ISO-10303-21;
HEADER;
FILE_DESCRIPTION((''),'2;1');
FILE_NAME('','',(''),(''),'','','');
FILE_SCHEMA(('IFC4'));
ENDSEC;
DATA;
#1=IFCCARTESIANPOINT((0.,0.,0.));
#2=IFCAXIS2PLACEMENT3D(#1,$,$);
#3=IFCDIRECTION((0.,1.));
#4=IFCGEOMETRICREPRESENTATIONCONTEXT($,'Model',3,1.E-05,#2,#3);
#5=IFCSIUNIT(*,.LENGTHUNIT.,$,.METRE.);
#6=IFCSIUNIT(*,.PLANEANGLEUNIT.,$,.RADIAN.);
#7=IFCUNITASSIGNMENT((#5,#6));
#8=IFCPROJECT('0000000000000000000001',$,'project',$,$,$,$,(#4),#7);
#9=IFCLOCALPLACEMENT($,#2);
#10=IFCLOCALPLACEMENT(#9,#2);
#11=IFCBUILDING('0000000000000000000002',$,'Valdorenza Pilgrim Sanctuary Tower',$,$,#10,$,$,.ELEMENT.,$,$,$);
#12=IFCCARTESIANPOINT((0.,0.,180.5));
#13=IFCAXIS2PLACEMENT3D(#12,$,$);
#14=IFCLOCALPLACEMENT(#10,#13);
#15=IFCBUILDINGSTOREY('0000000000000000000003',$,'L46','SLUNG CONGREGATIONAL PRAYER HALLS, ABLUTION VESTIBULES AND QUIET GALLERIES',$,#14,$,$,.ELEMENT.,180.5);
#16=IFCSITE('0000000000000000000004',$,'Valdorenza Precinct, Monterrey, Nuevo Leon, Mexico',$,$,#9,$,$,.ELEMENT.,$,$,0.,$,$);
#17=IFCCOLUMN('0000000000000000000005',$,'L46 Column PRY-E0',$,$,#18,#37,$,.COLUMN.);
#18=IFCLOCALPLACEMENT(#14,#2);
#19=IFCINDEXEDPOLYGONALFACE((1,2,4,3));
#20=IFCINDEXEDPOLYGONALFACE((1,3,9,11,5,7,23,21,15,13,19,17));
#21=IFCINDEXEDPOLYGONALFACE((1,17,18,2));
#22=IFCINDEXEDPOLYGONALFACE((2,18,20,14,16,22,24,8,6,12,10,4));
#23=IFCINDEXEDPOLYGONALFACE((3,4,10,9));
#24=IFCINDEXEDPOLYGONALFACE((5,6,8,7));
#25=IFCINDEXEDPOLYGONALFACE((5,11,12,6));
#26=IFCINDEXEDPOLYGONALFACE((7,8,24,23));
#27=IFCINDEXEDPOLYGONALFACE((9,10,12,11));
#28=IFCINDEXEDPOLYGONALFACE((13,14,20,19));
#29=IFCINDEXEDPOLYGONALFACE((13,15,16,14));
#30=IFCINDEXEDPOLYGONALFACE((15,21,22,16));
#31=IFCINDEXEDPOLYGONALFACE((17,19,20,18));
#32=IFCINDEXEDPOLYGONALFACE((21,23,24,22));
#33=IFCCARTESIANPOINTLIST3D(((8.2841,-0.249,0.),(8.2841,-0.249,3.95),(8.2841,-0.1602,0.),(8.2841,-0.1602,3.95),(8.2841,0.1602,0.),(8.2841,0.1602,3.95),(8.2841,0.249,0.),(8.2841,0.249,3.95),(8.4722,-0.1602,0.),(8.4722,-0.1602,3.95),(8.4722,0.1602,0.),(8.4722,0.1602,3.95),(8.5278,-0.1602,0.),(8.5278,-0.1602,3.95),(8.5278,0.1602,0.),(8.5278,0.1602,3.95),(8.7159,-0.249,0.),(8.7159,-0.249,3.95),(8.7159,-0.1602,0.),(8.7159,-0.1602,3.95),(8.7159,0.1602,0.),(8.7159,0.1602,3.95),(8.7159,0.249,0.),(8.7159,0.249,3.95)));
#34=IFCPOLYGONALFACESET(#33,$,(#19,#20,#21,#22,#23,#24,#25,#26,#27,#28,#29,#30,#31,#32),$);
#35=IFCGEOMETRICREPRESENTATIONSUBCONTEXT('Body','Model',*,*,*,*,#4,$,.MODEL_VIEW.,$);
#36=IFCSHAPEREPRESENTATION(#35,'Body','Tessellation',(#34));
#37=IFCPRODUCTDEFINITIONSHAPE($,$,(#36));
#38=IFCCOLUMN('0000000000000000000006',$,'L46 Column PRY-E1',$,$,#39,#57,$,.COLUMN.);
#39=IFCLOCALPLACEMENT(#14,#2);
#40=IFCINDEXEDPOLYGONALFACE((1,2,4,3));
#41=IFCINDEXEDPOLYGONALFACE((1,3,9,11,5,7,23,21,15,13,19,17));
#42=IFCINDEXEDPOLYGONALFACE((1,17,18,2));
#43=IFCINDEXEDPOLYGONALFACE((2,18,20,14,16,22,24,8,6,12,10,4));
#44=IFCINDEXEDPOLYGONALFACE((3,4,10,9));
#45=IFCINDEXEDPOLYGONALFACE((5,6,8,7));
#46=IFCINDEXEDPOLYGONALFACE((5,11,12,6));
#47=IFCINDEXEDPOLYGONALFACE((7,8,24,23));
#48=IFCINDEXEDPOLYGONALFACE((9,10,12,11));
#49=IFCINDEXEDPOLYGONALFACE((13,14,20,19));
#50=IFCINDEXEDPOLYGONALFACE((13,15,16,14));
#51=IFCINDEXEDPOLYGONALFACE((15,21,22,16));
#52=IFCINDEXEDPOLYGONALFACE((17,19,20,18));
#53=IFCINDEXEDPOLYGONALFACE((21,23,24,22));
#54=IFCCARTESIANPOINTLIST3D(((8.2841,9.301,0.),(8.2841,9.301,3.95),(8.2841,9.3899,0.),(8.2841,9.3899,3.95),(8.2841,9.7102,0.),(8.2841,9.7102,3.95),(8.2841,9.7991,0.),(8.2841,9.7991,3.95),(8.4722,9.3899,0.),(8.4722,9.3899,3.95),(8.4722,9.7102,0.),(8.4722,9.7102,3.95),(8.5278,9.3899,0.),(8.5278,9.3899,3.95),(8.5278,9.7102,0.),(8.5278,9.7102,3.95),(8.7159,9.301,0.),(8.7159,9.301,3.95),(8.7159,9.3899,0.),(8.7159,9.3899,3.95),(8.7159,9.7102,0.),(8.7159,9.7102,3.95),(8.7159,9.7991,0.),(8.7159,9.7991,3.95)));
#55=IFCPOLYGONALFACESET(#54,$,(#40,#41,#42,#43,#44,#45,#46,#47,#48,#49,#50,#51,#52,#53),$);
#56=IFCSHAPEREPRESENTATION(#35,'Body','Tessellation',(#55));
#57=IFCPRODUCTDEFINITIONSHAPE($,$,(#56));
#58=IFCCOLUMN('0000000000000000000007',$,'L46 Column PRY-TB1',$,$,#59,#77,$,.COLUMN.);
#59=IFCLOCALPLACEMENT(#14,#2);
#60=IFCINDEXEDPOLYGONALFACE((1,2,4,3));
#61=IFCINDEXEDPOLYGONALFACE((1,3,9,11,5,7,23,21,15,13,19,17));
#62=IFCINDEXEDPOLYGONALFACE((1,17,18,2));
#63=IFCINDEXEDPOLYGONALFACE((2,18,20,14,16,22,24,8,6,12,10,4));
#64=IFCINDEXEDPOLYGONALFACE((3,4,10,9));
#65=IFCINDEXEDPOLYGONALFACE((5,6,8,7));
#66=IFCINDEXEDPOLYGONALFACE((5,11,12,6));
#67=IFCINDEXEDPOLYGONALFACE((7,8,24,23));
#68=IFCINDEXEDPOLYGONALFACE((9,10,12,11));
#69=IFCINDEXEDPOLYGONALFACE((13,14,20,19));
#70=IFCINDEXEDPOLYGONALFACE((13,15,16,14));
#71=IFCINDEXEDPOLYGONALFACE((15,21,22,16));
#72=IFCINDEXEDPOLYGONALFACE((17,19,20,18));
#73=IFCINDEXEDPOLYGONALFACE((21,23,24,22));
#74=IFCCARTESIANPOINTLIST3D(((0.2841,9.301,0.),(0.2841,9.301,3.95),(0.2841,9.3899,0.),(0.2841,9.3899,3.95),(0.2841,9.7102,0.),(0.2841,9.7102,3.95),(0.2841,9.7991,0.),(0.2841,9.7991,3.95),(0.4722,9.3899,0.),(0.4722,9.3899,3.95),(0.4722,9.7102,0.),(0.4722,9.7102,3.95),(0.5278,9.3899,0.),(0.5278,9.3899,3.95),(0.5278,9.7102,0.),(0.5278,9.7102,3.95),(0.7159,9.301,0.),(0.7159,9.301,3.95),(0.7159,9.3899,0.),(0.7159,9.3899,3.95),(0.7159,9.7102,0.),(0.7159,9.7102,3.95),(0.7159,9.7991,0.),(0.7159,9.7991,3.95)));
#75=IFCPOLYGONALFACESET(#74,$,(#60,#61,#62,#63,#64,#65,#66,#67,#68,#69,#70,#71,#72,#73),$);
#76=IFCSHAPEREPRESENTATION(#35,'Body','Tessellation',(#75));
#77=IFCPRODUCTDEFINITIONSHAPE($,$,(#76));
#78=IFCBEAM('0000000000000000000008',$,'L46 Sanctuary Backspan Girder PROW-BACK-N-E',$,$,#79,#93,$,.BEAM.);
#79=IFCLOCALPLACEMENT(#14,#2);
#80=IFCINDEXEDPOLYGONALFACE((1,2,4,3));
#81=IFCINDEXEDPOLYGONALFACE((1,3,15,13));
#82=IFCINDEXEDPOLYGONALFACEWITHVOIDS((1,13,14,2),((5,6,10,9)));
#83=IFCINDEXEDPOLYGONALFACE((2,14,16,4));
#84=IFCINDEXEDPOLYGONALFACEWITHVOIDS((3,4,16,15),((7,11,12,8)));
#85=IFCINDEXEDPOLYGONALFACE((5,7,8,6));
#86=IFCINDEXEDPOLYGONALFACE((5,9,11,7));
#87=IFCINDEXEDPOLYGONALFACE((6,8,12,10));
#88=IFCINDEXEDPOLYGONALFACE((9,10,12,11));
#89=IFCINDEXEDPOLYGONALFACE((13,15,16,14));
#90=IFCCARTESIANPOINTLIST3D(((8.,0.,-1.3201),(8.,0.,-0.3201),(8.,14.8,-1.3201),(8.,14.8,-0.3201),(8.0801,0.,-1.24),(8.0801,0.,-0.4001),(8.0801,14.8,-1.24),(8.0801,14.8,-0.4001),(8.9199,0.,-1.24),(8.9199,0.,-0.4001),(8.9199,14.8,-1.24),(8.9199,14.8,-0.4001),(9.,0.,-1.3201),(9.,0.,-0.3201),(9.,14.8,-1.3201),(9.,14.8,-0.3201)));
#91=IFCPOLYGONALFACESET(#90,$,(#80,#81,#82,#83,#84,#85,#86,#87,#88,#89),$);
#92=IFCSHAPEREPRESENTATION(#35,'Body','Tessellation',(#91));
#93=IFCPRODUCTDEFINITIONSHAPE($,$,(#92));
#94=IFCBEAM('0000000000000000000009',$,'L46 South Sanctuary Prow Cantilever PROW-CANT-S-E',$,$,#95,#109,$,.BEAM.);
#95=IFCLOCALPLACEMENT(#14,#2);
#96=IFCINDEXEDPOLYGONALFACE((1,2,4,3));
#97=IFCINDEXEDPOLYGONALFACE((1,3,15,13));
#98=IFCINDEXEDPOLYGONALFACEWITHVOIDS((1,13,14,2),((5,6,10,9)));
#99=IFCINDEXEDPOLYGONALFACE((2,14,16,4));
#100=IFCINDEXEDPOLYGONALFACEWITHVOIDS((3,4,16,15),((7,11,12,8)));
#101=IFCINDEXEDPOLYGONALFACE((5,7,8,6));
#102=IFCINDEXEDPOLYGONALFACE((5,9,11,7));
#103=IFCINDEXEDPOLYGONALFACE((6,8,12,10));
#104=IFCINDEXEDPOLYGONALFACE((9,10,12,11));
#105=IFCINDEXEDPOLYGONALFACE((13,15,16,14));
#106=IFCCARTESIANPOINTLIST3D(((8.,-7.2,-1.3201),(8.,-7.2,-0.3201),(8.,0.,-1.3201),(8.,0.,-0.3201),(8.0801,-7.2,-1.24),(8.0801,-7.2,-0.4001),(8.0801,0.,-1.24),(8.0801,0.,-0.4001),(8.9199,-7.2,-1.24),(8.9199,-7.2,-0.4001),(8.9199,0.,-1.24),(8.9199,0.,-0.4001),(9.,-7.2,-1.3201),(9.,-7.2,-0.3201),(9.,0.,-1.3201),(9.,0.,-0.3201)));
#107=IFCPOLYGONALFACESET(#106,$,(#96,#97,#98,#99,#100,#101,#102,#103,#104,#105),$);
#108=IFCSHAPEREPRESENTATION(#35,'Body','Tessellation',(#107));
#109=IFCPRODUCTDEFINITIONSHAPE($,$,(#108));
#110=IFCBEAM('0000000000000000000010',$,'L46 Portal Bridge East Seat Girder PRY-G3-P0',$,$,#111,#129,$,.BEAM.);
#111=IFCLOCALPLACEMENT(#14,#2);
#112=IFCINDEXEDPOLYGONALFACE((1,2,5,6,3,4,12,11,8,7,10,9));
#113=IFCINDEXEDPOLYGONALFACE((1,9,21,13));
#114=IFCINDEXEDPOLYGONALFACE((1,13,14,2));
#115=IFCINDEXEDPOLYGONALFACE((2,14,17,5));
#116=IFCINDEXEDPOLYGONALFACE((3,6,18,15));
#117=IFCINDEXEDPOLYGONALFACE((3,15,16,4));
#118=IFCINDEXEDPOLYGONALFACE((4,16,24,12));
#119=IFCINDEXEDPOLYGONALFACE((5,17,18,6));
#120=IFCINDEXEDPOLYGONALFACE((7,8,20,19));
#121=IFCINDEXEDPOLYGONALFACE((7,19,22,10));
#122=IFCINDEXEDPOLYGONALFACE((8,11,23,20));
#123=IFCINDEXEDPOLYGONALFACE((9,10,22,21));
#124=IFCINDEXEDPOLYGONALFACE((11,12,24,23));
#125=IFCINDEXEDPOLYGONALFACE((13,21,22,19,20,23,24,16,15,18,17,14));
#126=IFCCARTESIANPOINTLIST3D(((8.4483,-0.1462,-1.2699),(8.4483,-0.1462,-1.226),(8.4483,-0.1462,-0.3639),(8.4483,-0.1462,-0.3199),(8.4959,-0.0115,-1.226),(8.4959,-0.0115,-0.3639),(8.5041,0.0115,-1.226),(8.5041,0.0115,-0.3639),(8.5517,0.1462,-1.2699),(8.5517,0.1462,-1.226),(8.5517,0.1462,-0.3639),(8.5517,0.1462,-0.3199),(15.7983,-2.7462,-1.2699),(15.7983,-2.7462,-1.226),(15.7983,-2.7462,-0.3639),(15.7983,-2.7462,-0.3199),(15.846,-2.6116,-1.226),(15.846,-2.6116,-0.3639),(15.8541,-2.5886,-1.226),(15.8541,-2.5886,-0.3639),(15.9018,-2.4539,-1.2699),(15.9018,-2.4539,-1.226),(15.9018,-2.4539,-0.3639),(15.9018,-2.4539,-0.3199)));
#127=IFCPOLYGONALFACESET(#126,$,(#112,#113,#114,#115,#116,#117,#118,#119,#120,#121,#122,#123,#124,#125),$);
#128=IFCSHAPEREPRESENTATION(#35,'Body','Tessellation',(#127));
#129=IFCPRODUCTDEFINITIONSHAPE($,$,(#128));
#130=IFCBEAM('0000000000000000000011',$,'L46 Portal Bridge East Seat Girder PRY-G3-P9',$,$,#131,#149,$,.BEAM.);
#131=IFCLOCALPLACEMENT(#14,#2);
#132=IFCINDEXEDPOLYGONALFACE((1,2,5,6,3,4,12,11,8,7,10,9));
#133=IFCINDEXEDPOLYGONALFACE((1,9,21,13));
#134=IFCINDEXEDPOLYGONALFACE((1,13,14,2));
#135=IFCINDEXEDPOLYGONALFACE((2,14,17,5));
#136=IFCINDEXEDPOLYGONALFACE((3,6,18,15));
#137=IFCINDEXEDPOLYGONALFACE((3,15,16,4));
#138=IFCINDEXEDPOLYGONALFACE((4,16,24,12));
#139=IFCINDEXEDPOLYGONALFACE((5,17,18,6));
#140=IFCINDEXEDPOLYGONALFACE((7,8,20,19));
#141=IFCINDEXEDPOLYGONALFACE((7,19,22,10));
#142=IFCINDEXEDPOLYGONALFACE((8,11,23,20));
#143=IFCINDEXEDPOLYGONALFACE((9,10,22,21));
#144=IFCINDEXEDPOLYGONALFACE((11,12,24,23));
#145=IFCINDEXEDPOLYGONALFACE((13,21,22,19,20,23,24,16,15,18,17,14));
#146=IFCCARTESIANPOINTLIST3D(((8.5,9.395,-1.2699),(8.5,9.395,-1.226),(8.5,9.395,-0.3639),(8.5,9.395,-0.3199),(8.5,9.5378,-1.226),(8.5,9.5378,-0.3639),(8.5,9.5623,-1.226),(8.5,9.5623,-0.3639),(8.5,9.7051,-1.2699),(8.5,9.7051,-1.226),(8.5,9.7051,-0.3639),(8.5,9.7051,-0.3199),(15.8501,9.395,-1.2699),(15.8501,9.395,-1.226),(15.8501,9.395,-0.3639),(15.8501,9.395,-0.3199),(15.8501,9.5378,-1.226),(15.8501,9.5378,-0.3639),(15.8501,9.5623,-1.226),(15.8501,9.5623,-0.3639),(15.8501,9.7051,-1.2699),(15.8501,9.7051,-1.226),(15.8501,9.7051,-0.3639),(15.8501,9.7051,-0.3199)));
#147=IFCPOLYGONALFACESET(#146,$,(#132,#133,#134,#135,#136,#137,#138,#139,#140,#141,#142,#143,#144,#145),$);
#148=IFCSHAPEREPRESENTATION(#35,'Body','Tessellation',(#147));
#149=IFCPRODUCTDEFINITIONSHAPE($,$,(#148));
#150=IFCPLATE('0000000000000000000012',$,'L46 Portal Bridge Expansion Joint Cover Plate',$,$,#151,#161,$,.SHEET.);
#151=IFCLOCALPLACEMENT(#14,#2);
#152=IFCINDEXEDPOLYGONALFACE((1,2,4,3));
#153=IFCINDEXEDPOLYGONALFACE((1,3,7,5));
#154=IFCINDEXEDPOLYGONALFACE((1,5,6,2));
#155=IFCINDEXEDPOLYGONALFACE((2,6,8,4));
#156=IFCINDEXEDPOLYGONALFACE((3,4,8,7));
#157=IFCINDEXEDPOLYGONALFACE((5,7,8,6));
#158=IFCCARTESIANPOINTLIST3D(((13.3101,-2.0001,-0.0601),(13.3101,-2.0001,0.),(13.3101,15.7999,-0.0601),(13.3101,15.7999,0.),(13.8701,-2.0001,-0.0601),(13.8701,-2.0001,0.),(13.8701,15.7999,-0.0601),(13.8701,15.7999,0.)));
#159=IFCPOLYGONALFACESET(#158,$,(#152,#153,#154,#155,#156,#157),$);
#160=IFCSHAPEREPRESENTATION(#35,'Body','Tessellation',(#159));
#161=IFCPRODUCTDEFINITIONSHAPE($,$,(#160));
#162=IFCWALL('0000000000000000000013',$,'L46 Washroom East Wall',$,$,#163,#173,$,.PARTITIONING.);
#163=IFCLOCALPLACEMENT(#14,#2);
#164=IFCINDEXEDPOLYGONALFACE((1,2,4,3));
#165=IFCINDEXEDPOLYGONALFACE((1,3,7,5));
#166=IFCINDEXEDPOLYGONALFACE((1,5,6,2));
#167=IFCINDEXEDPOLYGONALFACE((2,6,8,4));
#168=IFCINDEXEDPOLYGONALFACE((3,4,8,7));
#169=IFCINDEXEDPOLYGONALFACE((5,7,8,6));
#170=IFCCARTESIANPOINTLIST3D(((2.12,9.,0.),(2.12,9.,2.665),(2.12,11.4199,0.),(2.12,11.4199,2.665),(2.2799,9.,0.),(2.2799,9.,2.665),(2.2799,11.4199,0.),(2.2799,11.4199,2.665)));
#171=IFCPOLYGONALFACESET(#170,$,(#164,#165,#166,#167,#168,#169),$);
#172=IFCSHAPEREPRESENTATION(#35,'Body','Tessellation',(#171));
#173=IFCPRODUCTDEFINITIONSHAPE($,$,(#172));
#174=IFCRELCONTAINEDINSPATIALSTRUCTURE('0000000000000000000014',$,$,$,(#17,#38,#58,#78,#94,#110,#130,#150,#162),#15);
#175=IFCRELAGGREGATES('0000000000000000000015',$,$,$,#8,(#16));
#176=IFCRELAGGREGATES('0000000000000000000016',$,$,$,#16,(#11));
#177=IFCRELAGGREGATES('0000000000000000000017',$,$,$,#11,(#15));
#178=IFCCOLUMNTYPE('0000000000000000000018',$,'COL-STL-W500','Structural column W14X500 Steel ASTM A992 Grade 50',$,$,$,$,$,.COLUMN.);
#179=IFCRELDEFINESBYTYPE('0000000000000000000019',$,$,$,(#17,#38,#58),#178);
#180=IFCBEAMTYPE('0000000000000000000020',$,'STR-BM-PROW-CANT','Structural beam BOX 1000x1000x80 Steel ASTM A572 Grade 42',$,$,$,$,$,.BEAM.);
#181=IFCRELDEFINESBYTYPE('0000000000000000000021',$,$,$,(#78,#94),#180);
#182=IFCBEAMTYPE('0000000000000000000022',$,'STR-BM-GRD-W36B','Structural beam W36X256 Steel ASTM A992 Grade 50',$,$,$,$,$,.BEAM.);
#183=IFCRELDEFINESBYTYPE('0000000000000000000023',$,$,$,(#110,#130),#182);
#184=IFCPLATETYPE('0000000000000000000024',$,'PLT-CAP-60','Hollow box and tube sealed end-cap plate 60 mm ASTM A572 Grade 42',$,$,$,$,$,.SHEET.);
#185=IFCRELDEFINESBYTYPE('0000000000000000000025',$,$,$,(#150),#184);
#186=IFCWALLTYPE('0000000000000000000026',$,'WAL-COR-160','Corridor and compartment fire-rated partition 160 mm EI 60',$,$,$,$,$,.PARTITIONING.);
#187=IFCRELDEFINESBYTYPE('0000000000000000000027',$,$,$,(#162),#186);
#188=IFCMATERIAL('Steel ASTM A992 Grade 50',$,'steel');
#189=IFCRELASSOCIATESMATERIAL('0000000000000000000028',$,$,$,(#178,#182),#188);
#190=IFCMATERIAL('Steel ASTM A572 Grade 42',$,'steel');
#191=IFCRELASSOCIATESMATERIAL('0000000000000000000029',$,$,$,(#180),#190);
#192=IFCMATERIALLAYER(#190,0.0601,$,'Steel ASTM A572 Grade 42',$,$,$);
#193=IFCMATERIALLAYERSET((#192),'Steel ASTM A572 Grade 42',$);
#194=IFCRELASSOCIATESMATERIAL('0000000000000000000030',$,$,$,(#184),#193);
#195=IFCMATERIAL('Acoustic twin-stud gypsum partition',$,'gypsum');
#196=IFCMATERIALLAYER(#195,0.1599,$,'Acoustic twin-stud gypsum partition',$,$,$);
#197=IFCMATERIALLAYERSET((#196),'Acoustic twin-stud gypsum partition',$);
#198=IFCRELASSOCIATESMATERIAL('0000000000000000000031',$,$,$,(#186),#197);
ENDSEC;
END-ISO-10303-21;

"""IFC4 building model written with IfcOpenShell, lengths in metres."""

from ifc_helpers import new_model, si_unit, direction, frame, frame_2d, origin, origin_2d, place, context, subcontext, project, spatial, rectangle, hollow_rectangle, i_section, extrude, source, transform, mapped, material, layer, layer_set, material_profile, profile_set, type_object, element, save


model = new_model("IFC4")

# Units and contexts
model_context = context("Model", 3, precision=1e-05, world=origin(), true_north=direction((0.0, 1.0)))
body_context = subcontext(model_context, "Body", "Model", "MODEL_VIEW")
ifc_project = project(units=[si_unit("LENGTHUNIT", "METRE"), si_unit("PLANEANGLEUNIT", "RADIAN")], contexts=[model_context])

# Site, building, storey
site_placement = place(None, origin())
site = spatial("IfcSite", under=ifc_project, at=site_placement, Name="Valdorenza Precinct, Monterrey, Nuevo Leon, Mexico", CompositionType="ELEMENT", RefElevation=0.0)
building_placement = place(site_placement, origin())
building = spatial("IfcBuilding", under=site, at=building_placement, Name="Valdorenza Pilgrim Sanctuary Tower", CompositionType="ELEMENT")
storey_placement = place(building_placement, frame((0.0, 0.0, 180.5)))
storey = spatial("IfcBuildingStorey", under=building, at=storey_placement, Name="L46", Description="SLUNG CONGREGATIONAL PRAYER HALLS, ABLUTION VESTIBULES AND QUIET GALLERIES", CompositionType="ELEMENT", Elevation=180.5)

# Columns
ifc_material_1 = material(Name="Steel ASTM A992 Grade 50", Category="steel")
ifc_material_profile_1 = material_profile(ifc_material_1, i_section(OverallWidth=0.4319, OverallDepth=0.498, WebThickness=0.0557, FlangeThickness=0.0889, at=origin_2d()), Name="W14X500")
ifc_profile_set_1 = profile_set([ifc_material_profile_1], Name="Steel ASTM A992 Grade 50")
column_type = type_object("IfcColumnType", Name="COL-STL-W500", Description="Structural column W14X500 Steel ASTM A992 Grade 50", PredefinedType="COLUMN", material=ifc_profile_set_1)
shared_shape_1 = source(origin(), body_context, "Body", "SweptSolid", [
    extrude(i_section(OverallWidth=0.4319, OverallDepth=0.498, WebThickness=0.0557, FlangeThickness=0.0889, at=origin_2d()), origin(), (0.0, 0.0, 1.0), 3.95),
])
for number, where, z_axis, x_axis, name in (
    (1, (8.5, 0.0, 0.0), (0.0, 0.0, 1.0), (1.0, 0.0, 0.0), "L46 Column PRY-E0"),
    (2, (8.5, 9.55, 0.0), (0.0, 0.0, 1.0), (1.0, 0.0, 0.0), "L46 Column PRY-E1"),
    (3, (0.5, 9.55, 0.0), (0.0, 0.0, 1.0), (1.0, 0.0, 0.0), "L46 Column PRY-TB1"),
):
    element("IfcColumn", number, at=place(storey_placement, frame(where, z_axis=z_axis, x_axis=x_axis)), inside=storey, type_object=column_type, Name=name, PredefinedType="COLUMN", context=body_context, shape_type="MappedRepresentation", body=[
        mapped(shared_shape_1, transform((0.0, 0.0, 0.0), x_axis=(1.0, 0.0, 0.0), y_axis=(0.0, 1.0, 0.0), z_axis=(0.0, 0.0, 1.0), scale=1.0)),
    ])

# Beams
ifc_material_2 = material(Name="Steel ASTM A572 Grade 42", Category="steel")
ifc_material_profile_2 = material_profile(ifc_material_2, hollow_rectangle(XDim=1.0, YDim=1.0, WallThickness=0.0801, at=origin_2d()), Name="BOX 1000x1000x80")
ifc_profile_set_2 = profile_set([ifc_material_profile_2], Name="Steel ASTM A572 Grade 42")
beam_type_1 = type_object("IfcBeamType", Name="STR-BM-PROW-CANT", Description="Structural beam BOX 1000x1000x80 Steel ASTM A572 Grade 42", PredefinedType="BEAM", material=ifc_profile_set_2)
shared_shape_2 = source(origin(), body_context, "Body", "SweptSolid", [
    extrude(hollow_rectangle(XDim=1.0, YDim=1.0, WallThickness=0.0801, at=origin_2d()), origin(), (0.0, 0.0, 1.0), 14.8),
])
beam_1_placement = place(storey_placement, frame((8.5, 0.0, -0.8201), z_axis=(0.0, 1.0, 0.0), x_axis=(-1.0, 0.0, 0.0)))
element("IfcBeam", 4, at=beam_1_placement, inside=storey, type_object=beam_type_1, Name="L46 Sanctuary Backspan Girder PROW-BACK-N-E", PredefinedType="BEAM", context=body_context, shape_type="MappedRepresentation", body=[
    mapped(shared_shape_2, transform((0.0, 0.0, 0.0), x_axis=(1.0, 0.0, 0.0), y_axis=(0.0, 1.0, 0.0), z_axis=(0.0, 0.0, 1.0), scale=1.0)),
])
shared_shape_3 = source(origin(), body_context, "Body", "SweptSolid", [
    extrude(hollow_rectangle(XDim=1.0, YDim=1.0, WallThickness=0.0801, at=origin_2d()), origin(), (0.0, 0.0, 1.0), 7.2),
])
beam_2_placement = place(storey_placement, frame((8.5, 0.0, -0.8201), z_axis=(0.0, -1.0, 0.0), x_axis=(1.0, 0.0, 0.0)))
element("IfcBeam", 5, at=beam_2_placement, inside=storey, type_object=beam_type_1, Name="L46 South Sanctuary Prow Cantilever PROW-CANT-S-E", PredefinedType="BEAM", context=body_context, shape_type="MappedRepresentation", body=[
    mapped(shared_shape_3, transform((0.0, 0.0, 0.0), x_axis=(1.0, 0.0, 0.0), y_axis=(0.0, 1.0, 0.0), z_axis=(0.0, 0.0, 1.0), scale=1.0)),
])
ifc_material_profile_3 = material_profile(ifc_material_1, i_section(OverallWidth=0.3101, OverallDepth=0.95, WebThickness=0.0244, FlangeThickness=0.0439, at=origin_2d()), Name="W36X256")
ifc_profile_set_3 = profile_set([ifc_material_profile_3], Name="Steel ASTM A992 Grade 50")
beam_type_2 = type_object("IfcBeamType", Name="STR-BM-GRD-W36B", Description="Structural beam W36X256 Steel ASTM A992 Grade 50", PredefinedType="BEAM", material=ifc_profile_set_3)
shared_shape_4 = source(origin(), body_context, "Body", "SweptSolid", [
    extrude(i_section(OverallWidth=0.3101, OverallDepth=0.95, WebThickness=0.0244, FlangeThickness=0.0439, at=origin_2d()), origin(), (0.0, 0.0, 1.0), 7.7964),
])
beam_3_placement = place(storey_placement, frame((8.5, 0.0, -0.7949), z_axis=(0.942751, -0.333498, 0.0), x_axis=(0.333498, 0.942751, 0.0)))
element("IfcBeam", 6, at=beam_3_placement, inside=storey, type_object=beam_type_2, Name="L46 Portal Bridge East Seat Girder PRY-G3-P0", PredefinedType="BEAM", context=body_context, shape_type="MappedRepresentation", body=[
    mapped(shared_shape_4, transform((0.0, 0.0, 0.0), x_axis=(1.0, 0.0, 0.0), y_axis=(0.0, 1.0, 0.0), z_axis=(0.0, 0.0, 1.0), scale=1.0)),
])
shared_shape_5 = source(origin(), body_context, "Body", "SweptSolid", [
    extrude(i_section(OverallWidth=0.3101, OverallDepth=0.95, WebThickness=0.0244, FlangeThickness=0.0439, at=origin_2d()), origin(), (0.0, 0.0, 1.0), 7.3501),
])
beam_4_placement = place(storey_placement, frame((8.5, 9.55, -0.7949), z_axis=(1.0, 0.0, 0.0), x_axis=(0.0, 1.0, 0.0)))
element("IfcBeam", 7, at=beam_4_placement, inside=storey, type_object=beam_type_2, Name="L46 Portal Bridge East Seat Girder PRY-G3-P9", PredefinedType="BEAM", context=body_context, shape_type="MappedRepresentation", body=[
    mapped(shared_shape_5, transform((0.0, 0.0, 0.0), x_axis=(1.0, 0.0, 0.0), y_axis=(0.0, 1.0, 0.0), z_axis=(0.0, 0.0, 1.0), scale=1.0)),
])

# Plate
ifc_layer_1 = layer(ifc_material_2, 0.0601, Name="Steel ASTM A572 Grade 42")
ifc_layer_set_1 = layer_set([ifc_layer_1], Name="Steel ASTM A572 Grade 42")
plate_type = type_object("IfcPlateType", Name="PLT-CAP-60", Description="Hollow box and tube sealed end-cap plate 60 mm ASTM A572 Grade 42", PredefinedType="SHEET", material=ifc_layer_set_1)
shared_shape_6 = source(origin(), body_context, "Body", "SweptSolid", [
    extrude(rectangle(XDim=0.5601, YDim=17.8, at=origin_2d()), origin(), (0.0, 0.0, 1.0), 0.0601),
])
plate_placement = place(storey_placement, frame((13.5901, 6.8999, -0.0601), z_axis=(0.0, 0.0, 1.0), x_axis=(1.0, 0.0, 0.0)))
element("IfcPlate", 8, at=plate_placement, inside=storey, type_object=plate_type, Name="L46 Portal Bridge Expansion Joint Cover Plate", PredefinedType="SHEET", context=body_context, shape_type="MappedRepresentation", body=[
    mapped(shared_shape_6, transform((0.0, 0.0, 0.0), x_axis=(1.0, 0.0, 0.0), y_axis=(0.0, 1.0, 0.0), z_axis=(0.0, 0.0, 1.0), scale=1.0)),
])

# Shared definitions
ifc_material_3 = material(Name="Acoustic twin-stud gypsum partition", Category="gypsum")
ifc_layer_2 = layer(ifc_material_3, 0.1599, Name="Acoustic twin-stud gypsum partition")
ifc_layer_set_2 = layer_set([ifc_layer_2], Name="Acoustic twin-stud gypsum partition")
wall_type_1 = type_object("IfcWallType", Name="WAL-COR-160", Description="Corridor and compartment fire-rated partition 160 mm EI 60", PredefinedType="PARTITIONING", material=ifc_layer_set_2)

# Wall
wall_1_placement = place(storey_placement, frame((2.2, 9.0, 0.0), z_axis=(0.0, 0.0, 1.0), x_axis=(0.0, 1.0, 0.0)))
element("IfcWall", 9, at=wall_1_placement, inside=storey, type_object=wall_type_1, Name="L46 Washroom East Wall", PredefinedType="PARTITIONING", context=body_context, shape_type="SweptSolid", body=[
    extrude(rectangle(XDim=2.4199, YDim=0.1599, at=frame_2d((1.21, 0.0))), origin(), (0.0, 0.0, 1.0), 2.665),
])

save(model, "model.ifc")
